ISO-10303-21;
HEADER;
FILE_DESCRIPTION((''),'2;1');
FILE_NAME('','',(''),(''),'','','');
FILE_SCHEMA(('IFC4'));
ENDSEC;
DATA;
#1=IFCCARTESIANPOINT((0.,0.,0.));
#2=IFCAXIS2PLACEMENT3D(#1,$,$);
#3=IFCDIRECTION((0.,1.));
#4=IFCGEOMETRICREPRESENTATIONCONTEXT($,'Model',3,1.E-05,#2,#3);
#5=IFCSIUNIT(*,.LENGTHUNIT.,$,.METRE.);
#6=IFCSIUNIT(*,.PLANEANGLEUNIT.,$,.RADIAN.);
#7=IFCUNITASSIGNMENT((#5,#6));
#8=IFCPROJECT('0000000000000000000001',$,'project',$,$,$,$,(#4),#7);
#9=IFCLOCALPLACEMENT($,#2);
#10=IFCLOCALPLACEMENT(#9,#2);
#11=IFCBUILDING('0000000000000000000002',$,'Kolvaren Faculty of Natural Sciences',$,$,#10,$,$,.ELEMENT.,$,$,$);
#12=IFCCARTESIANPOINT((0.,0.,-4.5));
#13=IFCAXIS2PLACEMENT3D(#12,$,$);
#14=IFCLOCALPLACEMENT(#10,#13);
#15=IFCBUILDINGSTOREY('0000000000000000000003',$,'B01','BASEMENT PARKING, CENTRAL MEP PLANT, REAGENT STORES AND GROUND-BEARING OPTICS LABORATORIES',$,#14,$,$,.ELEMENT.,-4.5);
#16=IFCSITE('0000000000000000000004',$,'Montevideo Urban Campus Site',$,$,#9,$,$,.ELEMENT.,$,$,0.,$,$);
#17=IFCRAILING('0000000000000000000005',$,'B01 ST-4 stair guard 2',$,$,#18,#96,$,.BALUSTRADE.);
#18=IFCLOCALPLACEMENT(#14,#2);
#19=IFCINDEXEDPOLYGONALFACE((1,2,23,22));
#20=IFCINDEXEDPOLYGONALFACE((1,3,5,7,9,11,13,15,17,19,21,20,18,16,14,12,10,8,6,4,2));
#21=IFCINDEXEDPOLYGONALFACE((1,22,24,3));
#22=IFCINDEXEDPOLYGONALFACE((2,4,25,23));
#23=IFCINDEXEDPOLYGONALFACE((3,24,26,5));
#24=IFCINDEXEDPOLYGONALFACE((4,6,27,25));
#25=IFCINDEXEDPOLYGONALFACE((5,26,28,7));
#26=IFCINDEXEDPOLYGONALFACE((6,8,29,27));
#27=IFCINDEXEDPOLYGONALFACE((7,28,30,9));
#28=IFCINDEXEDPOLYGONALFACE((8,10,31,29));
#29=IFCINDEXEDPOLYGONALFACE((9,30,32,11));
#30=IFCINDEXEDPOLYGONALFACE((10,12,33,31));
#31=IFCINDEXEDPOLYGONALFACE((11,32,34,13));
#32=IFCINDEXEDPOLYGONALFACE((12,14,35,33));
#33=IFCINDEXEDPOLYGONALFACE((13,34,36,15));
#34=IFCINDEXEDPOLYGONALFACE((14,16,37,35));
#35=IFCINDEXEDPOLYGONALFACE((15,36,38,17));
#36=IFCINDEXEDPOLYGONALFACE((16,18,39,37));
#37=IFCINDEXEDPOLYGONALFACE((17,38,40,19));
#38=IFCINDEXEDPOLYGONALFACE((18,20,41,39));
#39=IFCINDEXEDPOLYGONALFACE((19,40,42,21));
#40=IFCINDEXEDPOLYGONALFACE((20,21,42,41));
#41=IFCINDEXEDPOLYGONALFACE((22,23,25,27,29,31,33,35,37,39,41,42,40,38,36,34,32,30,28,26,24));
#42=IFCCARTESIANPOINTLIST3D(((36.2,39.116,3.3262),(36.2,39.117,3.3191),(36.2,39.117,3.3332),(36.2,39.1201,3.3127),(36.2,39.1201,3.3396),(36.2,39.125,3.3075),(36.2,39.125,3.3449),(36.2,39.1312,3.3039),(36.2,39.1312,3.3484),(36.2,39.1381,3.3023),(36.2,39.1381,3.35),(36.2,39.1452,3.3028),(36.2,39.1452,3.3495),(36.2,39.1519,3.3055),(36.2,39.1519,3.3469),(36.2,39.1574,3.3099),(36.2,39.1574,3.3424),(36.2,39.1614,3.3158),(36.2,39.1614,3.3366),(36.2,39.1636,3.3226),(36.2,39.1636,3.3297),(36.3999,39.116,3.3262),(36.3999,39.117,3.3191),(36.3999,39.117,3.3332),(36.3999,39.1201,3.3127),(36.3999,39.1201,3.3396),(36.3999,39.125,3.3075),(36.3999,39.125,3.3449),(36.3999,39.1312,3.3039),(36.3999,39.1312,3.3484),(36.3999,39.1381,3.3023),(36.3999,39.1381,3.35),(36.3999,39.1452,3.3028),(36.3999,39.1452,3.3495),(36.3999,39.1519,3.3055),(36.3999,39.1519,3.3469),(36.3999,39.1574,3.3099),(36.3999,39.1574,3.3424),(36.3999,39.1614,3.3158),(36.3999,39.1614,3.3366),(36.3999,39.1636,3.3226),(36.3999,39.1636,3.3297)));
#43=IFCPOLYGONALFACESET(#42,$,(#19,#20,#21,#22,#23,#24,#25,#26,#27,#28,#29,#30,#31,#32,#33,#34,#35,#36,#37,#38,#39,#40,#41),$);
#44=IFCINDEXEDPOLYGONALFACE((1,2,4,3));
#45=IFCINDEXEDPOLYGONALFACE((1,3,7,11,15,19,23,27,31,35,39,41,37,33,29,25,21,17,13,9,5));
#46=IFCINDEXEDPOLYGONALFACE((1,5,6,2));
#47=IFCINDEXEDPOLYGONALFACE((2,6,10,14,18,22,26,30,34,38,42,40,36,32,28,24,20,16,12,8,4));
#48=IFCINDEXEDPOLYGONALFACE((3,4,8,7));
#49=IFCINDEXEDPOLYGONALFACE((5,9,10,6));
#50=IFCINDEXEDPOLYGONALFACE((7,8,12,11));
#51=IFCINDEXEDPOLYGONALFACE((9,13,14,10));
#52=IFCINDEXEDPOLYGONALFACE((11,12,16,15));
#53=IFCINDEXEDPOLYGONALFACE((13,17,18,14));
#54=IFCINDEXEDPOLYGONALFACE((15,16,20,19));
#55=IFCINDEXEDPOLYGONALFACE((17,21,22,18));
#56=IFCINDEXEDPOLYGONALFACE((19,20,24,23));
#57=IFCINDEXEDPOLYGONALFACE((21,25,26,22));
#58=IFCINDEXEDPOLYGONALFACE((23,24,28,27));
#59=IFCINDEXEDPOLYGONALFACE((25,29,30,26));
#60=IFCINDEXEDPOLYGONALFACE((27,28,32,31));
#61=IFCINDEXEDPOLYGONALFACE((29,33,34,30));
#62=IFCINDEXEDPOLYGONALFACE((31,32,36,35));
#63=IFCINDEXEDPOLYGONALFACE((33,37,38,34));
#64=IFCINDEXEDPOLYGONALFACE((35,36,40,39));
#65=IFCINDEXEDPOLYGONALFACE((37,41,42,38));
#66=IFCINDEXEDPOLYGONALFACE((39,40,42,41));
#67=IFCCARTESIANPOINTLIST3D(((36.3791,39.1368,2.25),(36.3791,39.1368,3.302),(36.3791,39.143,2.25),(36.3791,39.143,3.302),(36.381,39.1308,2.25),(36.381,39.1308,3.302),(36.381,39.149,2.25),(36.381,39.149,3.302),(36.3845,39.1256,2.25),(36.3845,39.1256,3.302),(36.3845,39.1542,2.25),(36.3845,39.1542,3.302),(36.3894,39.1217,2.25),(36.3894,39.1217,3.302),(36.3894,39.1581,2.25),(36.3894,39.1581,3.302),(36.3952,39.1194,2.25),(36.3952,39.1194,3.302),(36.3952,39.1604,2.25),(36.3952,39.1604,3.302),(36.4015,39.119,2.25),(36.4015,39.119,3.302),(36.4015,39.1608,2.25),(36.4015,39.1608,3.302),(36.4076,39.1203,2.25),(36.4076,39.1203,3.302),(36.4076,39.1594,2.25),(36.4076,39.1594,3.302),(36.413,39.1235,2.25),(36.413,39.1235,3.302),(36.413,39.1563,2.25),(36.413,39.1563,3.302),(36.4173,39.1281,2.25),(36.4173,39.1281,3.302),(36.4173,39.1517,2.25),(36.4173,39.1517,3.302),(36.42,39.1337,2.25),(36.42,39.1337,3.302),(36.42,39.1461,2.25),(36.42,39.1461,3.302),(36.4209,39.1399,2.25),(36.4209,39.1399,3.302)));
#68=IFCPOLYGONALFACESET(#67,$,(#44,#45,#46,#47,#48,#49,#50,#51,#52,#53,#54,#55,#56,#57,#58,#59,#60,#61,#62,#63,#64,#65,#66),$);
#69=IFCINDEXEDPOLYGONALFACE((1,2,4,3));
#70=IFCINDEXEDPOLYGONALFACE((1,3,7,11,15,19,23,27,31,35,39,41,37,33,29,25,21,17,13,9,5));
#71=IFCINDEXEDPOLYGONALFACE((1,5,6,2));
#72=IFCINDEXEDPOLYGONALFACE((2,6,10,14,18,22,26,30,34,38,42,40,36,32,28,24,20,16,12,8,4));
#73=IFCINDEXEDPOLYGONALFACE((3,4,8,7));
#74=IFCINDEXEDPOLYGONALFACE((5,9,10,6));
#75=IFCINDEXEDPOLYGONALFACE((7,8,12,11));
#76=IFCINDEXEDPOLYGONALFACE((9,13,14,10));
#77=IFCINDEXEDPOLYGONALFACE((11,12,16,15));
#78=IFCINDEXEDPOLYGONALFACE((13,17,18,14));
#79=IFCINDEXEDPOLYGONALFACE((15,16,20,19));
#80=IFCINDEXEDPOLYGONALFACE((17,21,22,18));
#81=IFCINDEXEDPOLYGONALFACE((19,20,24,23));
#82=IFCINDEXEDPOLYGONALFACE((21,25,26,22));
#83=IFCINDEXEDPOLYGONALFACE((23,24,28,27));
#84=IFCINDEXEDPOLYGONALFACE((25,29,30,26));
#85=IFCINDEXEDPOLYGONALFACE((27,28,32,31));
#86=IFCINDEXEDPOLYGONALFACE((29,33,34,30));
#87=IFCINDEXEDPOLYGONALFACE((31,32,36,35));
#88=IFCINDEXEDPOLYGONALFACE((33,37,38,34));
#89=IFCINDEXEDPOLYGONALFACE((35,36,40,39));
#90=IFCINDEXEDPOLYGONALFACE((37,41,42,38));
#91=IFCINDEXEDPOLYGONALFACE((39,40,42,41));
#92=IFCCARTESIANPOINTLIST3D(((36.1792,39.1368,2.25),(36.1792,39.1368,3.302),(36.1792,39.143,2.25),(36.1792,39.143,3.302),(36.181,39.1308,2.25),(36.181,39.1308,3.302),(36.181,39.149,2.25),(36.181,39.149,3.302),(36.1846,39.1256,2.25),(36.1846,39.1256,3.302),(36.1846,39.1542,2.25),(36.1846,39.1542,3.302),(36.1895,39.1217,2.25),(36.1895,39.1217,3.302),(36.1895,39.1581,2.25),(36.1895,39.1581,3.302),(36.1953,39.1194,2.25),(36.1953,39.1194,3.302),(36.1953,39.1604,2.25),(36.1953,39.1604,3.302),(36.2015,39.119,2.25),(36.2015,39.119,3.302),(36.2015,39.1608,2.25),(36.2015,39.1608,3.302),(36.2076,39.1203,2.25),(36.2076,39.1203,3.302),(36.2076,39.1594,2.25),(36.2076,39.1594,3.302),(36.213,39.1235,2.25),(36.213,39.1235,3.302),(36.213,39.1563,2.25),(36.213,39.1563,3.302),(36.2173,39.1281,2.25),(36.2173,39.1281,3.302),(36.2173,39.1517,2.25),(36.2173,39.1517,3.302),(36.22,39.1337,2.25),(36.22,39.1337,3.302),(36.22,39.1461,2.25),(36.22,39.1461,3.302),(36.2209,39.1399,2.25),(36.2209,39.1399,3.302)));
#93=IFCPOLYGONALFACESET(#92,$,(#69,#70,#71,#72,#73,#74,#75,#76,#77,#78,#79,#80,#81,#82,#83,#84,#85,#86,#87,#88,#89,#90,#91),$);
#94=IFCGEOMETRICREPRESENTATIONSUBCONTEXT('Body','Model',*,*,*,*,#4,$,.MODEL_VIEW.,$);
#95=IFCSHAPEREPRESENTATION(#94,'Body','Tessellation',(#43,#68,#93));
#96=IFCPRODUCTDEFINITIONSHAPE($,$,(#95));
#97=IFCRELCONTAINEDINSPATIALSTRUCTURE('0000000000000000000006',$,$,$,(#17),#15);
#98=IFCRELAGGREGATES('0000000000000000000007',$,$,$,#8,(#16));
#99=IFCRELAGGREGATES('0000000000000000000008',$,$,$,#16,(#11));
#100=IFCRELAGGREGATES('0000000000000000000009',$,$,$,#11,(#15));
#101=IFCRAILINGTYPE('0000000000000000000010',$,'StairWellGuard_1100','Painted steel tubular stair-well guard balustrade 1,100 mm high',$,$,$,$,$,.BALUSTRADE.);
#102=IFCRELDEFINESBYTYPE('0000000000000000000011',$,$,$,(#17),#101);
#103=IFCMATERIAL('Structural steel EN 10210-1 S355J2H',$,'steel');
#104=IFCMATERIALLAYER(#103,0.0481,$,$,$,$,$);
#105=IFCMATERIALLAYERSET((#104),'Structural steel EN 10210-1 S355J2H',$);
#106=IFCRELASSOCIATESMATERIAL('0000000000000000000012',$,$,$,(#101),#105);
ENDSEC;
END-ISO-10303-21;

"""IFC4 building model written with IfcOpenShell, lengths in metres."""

from ifc_helpers import new_model, si_unit, direction, frame, origin, origin_2d, place, context, subcontext, project, spatial, circle, extrude, material, layer, layer_set, type_object, element, save


model = new_model("IFC4")

# Units and contexts
model_context = context("Model", 3, precision=1e-05, world=origin(), true_north=direction((0.0, 1.0)))
body_context = subcontext(model_context, "Body", "Model", "MODEL_VIEW")
ifc_project = project(units=[si_unit("LENGTHUNIT", "METRE"), si_unit("PLANEANGLEUNIT", "RADIAN")], contexts=[model_context])

# Site, building, storey
site_placement = place(None, origin())
site = spatial("IfcSite", under=ifc_project, at=site_placement, Name="Montevideo Urban Campus Site", CompositionType="ELEMENT", RefElevation=0.0)
building_placement = place(site_placement, origin())
building = spatial("IfcBuilding", under=site, at=building_placement, Name="Kolvaren Faculty of Natural Sciences", CompositionType="ELEMENT")
storey_placement = place(building_placement, frame((0.0, 0.0, -4.5)))
storey = spatial("IfcBuildingStorey", under=building, at=storey_placement, Name="B01", Description="BASEMENT PARKING, CENTRAL MEP PLANT, REAGENT STORES AND GROUND-BEARING OPTICS LABORATORIES", CompositionType="ELEMENT", Elevation=-4.5)

# Railing
ifc_material_1 = material(Name="Structural steel EN 10210-1 S355J2H", Category="steel")
ifc_layer_1 = layer(ifc_material_1, 0.0481)
ifc_layer_set_1 = layer_set([ifc_layer_1], Name="Structural steel EN 10210-1 S355J2H")
railing_type_1 = type_object("IfcRailingType", Name="StairWellGuard_1100", Description="Painted steel tubular stair-well guard balustrade 1,100 mm high", PredefinedType="BALUSTRADE", material=ifc_layer_set_1)
railing_1_placement = place(storey_placement, frame((36.3999, 39.1399, 2.25)))
element("IfcRailing", 1, at=railing_1_placement, inside=storey, type_object=railing_type_1, Name="B01 ST-4 stair guard 2", PredefinedType="BALUSTRADE", context=body_context, shape_type="SweptSolid", body=[
    extrude(circle(Radius=0.0239, at=origin_2d()), frame((0.0, 0.0, 1.0762), z_axis=(-1.0, 0.0, 0.0), x_axis=(0.0, -1.0, 0.0)), (0.0, 0.0, 1.0), 0.2),
    extrude(circle(Radius=0.021, at=origin_2d()), origin(), (0.0, 0.0, 1.0), 1.052),
    extrude(circle(Radius=0.021, at=origin_2d()), frame((-0.2, 0.0, 0.0)), (0.0, 0.0, 1.0), 1.052),
])

save(model, "model.ifc")
